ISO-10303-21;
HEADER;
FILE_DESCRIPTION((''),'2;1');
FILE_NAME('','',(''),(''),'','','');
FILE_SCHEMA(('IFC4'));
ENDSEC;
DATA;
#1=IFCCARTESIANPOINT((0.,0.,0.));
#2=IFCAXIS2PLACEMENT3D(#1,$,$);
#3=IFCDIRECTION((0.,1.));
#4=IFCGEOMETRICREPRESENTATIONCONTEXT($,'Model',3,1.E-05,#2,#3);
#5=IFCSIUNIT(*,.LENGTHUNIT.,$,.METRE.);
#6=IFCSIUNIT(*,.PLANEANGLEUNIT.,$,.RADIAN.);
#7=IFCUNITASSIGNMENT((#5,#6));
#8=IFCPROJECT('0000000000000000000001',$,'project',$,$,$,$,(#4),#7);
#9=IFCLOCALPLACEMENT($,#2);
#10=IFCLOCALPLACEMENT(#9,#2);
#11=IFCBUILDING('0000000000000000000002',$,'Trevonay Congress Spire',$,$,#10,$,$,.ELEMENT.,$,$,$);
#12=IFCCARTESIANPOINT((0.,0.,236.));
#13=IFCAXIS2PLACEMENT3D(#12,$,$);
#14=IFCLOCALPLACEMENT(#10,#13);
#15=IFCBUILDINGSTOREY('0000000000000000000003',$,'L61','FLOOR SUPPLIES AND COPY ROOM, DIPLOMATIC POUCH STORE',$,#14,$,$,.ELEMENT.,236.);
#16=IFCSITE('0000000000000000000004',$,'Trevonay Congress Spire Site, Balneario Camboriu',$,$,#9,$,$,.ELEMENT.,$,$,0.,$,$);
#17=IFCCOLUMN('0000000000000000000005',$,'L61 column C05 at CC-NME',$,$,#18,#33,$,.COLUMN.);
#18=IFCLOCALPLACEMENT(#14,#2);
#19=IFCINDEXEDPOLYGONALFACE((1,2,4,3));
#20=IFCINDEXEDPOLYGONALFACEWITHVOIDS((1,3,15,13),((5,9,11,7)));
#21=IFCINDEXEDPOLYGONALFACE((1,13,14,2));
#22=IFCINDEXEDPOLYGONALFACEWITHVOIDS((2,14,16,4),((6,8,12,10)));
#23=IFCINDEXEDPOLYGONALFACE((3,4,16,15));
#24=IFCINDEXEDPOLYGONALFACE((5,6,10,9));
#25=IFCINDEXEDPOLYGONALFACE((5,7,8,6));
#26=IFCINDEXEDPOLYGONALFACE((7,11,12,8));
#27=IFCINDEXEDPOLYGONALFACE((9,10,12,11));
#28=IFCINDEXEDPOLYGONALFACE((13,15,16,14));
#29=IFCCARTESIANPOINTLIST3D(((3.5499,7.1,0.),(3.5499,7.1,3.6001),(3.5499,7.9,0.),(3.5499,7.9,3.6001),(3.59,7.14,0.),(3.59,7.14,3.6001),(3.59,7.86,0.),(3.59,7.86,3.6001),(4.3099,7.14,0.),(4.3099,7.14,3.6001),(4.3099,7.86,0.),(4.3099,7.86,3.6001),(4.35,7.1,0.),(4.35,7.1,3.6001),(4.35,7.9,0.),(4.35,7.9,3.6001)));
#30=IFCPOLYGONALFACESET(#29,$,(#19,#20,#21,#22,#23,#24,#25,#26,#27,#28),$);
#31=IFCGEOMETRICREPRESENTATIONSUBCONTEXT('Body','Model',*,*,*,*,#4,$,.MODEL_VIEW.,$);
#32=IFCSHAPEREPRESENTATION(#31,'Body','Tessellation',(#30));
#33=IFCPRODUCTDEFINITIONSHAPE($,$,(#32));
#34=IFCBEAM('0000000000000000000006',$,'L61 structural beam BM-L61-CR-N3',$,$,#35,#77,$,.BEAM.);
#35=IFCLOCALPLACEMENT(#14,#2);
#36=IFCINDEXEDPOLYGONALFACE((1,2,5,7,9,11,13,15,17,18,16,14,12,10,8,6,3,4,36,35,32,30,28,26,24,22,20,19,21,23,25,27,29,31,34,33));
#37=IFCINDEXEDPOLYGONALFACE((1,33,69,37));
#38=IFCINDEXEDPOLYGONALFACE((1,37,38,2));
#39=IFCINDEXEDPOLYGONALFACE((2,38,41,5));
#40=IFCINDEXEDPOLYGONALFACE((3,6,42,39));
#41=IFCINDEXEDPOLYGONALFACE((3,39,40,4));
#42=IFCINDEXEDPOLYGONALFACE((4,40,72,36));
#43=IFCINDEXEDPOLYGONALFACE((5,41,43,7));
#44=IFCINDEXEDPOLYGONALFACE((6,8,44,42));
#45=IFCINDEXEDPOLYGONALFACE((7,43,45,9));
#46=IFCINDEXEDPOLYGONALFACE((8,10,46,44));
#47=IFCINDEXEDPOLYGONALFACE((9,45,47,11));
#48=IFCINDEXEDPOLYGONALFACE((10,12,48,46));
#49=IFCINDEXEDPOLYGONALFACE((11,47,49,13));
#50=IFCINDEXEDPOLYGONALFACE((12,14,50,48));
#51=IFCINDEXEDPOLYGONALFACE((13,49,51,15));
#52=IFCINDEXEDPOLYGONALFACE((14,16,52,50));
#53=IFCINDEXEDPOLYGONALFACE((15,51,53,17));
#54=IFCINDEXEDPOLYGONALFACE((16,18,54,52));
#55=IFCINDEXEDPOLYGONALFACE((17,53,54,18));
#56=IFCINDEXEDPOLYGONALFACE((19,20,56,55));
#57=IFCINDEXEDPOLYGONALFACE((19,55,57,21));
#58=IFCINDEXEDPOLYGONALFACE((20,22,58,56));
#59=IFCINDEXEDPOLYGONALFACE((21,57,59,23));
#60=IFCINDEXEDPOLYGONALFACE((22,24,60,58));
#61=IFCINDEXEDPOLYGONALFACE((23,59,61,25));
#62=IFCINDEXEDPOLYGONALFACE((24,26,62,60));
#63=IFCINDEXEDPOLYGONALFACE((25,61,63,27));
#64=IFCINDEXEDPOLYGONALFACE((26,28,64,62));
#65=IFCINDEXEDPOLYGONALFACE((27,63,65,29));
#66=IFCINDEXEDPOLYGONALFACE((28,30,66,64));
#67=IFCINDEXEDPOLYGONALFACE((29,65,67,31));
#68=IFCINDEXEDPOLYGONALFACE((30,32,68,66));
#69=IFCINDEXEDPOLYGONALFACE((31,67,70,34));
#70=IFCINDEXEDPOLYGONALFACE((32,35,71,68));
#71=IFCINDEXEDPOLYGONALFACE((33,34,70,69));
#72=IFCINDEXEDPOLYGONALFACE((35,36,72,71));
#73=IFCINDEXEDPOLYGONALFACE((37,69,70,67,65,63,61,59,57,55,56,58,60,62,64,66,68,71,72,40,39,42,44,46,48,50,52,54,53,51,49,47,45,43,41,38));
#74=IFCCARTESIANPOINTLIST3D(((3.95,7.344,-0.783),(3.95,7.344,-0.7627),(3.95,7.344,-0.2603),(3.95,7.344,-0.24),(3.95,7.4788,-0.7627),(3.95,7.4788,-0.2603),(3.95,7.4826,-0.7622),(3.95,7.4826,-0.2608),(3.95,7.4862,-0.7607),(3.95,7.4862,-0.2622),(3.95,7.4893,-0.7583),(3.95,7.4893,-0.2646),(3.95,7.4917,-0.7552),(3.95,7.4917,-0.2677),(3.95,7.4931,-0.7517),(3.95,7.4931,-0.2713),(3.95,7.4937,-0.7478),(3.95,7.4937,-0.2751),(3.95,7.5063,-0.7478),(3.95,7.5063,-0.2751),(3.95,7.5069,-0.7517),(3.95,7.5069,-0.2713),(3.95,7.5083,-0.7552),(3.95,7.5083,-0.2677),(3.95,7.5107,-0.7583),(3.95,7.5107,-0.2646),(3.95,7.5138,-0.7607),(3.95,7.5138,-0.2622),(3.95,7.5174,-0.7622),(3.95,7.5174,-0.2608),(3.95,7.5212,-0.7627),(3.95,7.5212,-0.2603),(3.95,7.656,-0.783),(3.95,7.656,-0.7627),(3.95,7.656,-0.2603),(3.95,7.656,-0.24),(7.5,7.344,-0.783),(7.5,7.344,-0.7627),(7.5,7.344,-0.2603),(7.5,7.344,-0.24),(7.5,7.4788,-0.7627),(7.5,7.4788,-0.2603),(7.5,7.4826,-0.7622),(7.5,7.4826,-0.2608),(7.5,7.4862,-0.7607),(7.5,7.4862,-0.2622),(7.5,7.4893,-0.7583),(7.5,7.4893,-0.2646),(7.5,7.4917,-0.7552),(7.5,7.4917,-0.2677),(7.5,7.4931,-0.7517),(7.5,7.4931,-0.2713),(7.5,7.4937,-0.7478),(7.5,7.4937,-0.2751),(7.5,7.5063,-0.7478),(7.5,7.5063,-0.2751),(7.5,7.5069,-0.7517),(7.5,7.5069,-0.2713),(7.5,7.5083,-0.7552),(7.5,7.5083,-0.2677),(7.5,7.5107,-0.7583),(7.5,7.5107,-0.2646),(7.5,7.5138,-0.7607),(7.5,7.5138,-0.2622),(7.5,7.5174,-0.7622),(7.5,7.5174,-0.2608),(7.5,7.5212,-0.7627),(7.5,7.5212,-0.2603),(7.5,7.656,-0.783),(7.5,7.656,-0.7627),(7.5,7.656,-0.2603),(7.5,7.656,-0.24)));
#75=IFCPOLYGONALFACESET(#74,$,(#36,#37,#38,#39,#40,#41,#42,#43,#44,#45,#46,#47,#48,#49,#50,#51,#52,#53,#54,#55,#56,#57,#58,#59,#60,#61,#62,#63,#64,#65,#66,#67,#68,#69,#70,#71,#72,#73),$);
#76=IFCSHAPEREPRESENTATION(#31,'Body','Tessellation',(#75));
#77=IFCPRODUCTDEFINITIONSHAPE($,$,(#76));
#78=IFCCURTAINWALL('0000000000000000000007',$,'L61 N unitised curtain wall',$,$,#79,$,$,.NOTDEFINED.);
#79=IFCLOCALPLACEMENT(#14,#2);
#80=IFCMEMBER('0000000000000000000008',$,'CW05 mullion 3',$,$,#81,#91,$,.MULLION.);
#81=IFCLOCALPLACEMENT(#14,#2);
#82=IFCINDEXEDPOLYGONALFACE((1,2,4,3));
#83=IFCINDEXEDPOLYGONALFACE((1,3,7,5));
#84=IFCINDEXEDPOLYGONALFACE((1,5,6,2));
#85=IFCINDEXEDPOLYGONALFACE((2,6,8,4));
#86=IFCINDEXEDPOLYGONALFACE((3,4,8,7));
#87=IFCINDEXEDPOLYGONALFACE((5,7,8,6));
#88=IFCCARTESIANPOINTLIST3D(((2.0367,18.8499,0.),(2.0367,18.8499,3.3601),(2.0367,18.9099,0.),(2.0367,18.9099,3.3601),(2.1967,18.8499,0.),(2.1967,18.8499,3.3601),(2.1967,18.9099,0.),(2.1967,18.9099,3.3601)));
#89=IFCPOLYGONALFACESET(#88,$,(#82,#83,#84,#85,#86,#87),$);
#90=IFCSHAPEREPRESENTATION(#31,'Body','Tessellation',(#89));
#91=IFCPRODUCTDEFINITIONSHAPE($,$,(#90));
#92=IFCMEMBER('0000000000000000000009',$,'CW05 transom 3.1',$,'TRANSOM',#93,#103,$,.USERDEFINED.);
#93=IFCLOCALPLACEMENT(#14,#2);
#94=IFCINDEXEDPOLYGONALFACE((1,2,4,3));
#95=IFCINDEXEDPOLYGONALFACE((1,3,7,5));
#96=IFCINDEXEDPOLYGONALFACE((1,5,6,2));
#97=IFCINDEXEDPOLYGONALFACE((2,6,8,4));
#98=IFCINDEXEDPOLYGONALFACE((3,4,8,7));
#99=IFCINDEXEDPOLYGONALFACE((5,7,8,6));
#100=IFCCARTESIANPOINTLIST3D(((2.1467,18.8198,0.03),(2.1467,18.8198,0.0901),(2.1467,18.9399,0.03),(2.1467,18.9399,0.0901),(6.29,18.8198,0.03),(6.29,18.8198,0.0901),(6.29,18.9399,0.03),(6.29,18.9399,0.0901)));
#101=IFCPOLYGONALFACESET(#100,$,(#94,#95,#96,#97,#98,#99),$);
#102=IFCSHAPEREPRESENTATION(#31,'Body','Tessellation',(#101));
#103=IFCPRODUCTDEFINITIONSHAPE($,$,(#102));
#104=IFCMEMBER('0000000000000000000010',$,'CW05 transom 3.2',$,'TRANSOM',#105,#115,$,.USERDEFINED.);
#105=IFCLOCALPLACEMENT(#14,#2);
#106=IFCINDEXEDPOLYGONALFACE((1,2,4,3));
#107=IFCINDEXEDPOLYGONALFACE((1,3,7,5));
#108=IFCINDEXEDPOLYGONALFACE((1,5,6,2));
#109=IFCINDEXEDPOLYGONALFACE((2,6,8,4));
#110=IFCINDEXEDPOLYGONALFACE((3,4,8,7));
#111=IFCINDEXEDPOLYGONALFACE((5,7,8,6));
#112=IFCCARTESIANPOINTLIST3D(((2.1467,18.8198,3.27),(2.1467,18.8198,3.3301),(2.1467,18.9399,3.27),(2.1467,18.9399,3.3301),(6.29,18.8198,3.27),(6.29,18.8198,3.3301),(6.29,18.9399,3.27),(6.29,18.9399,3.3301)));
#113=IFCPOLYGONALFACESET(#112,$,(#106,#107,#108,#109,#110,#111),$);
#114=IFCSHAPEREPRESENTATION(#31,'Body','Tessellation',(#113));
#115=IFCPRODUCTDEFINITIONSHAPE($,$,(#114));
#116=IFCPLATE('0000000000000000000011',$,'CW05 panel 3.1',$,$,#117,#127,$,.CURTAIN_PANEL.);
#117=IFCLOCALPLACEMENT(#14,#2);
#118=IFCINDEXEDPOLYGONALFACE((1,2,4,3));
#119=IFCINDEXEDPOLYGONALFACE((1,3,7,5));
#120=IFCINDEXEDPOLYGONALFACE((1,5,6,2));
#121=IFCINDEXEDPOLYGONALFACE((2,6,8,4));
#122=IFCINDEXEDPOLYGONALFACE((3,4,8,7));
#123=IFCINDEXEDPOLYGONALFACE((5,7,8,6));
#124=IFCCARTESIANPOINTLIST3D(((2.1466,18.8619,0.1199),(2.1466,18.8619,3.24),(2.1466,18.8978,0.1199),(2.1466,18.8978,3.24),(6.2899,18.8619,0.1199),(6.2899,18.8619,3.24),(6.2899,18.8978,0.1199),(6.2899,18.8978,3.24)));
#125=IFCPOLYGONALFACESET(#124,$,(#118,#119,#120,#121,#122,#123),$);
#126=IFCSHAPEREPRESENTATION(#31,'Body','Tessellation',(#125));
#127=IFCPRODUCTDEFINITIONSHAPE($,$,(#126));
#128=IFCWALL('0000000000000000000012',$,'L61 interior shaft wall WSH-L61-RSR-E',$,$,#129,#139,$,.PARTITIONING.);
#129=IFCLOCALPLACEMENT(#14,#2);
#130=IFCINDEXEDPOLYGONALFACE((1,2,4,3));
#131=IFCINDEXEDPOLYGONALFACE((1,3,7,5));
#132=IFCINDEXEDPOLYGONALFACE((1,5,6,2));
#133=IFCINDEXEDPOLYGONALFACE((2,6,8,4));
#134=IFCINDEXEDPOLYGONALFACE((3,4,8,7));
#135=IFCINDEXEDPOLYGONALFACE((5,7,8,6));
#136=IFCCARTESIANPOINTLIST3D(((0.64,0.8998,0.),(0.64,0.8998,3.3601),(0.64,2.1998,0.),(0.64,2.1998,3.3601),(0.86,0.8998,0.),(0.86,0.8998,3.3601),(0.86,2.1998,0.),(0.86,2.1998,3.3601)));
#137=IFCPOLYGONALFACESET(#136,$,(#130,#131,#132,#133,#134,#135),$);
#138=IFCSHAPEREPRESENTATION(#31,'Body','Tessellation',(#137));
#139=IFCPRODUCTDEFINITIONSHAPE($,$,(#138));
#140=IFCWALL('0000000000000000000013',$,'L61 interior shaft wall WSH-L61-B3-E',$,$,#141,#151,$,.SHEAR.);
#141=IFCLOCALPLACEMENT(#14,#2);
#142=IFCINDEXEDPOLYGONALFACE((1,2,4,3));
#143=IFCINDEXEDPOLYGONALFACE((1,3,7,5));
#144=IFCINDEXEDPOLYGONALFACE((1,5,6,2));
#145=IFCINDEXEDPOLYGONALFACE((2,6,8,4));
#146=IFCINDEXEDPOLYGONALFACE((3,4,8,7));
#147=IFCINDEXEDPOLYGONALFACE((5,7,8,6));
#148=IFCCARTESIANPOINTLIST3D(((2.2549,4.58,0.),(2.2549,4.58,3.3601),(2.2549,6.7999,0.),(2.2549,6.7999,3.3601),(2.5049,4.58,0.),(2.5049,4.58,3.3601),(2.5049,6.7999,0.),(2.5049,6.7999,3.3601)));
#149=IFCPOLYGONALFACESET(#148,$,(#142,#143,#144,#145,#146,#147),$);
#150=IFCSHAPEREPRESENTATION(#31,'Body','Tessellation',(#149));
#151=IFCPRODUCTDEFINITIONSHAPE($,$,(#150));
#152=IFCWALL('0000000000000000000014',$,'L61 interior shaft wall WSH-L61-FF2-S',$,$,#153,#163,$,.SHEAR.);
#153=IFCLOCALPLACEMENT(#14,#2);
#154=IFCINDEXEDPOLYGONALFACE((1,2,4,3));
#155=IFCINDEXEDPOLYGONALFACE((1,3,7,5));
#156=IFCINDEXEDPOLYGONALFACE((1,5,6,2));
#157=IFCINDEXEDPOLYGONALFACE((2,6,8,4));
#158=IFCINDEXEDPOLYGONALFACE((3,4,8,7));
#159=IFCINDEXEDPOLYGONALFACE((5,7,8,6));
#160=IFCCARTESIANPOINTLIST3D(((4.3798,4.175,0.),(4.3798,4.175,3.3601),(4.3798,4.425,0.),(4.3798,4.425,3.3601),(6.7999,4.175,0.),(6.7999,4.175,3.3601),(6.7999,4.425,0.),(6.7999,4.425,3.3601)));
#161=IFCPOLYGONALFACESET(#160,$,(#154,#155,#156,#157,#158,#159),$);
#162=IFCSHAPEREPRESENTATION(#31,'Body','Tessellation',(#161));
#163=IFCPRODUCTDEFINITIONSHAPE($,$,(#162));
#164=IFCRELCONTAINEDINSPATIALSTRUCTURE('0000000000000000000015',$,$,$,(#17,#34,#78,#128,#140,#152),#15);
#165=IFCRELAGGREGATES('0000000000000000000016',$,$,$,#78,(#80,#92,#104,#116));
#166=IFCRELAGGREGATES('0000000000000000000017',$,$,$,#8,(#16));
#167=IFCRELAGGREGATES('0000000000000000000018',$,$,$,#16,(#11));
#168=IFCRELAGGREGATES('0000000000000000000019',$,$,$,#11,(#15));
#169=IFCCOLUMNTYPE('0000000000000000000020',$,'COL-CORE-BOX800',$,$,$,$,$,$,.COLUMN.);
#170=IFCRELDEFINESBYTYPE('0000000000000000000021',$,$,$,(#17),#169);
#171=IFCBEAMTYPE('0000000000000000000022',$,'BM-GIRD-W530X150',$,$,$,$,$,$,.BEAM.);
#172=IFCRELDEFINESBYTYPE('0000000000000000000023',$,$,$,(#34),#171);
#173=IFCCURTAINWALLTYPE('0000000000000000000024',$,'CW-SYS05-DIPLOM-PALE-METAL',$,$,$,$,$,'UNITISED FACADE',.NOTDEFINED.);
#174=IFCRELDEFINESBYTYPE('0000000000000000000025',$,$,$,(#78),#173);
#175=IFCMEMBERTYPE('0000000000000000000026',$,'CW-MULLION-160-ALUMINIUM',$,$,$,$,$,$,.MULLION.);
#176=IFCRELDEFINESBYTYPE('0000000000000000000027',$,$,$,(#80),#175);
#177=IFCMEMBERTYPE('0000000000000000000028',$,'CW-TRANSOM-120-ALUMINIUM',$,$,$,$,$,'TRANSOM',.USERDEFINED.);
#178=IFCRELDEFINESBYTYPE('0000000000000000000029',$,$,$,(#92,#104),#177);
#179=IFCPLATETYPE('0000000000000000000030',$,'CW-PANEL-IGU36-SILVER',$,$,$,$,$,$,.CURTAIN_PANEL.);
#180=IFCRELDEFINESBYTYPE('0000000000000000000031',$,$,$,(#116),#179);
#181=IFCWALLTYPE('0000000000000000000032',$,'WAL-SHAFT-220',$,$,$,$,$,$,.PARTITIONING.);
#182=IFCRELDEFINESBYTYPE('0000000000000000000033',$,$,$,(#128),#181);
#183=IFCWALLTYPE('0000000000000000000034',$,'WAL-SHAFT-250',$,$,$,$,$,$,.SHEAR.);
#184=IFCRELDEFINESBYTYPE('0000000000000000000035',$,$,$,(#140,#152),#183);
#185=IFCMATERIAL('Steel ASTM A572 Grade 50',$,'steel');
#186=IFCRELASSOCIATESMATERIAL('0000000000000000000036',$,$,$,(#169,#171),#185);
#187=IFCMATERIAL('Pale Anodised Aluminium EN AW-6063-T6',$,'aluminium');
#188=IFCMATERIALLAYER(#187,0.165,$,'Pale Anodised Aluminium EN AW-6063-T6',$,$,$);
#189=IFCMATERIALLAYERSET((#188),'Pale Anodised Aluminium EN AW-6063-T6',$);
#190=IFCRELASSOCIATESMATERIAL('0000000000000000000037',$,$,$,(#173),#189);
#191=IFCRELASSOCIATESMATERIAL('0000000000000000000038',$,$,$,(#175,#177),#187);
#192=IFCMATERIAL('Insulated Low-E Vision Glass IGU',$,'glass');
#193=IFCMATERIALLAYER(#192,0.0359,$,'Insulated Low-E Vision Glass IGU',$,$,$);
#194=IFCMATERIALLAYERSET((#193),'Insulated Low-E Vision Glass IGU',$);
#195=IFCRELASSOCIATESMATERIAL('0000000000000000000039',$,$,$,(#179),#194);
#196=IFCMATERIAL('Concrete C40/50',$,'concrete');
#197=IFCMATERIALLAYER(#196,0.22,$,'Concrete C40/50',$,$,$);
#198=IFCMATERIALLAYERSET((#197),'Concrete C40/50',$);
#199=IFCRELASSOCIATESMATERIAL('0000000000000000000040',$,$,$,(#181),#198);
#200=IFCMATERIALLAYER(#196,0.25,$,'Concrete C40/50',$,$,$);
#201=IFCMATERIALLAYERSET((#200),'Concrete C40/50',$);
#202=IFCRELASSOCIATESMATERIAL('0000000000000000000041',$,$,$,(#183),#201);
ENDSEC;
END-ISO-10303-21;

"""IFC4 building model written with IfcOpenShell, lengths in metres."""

from ifc_helpers import new_model, si_unit, direction, frame, frame_2d, origin, origin_2d, place, context, subcontext, project, spatial, rectangle, hollow_rectangle, i_section, extrude, material, layer, layer_set, material_profile, profile_set, type_object, element, aggregate, save


model = new_model("IFC4")

# Units and contexts
model_context = context("Model", 3, precision=1e-05, world=origin(), true_north=direction((0.0, 1.0)))
body_context = subcontext(model_context, "Body", "Model", "MODEL_VIEW")
ifc_project = project(units=[si_unit("LENGTHUNIT", "METRE"), si_unit("PLANEANGLEUNIT", "RADIAN")], contexts=[model_context])

# Site, building, storey
site_placement = place(None, origin())
site = spatial("IfcSite", under=ifc_project, at=site_placement, Name="Trevonay Congress Spire Site, Balneario Camboriu", CompositionType="ELEMENT", RefElevation=0.0)
building_placement = place(site_placement, origin())
building = spatial("IfcBuilding", under=site, at=building_placement, Name="Trevonay Congress Spire", CompositionType="ELEMENT")
storey_placement = place(building_placement, frame((0.0, 0.0, 236.0)))
storey = spatial("IfcBuildingStorey", under=building, at=storey_placement, Name="L61", Description="FLOOR SUPPLIES AND COPY ROOM, DIPLOMATIC POUCH STORE", CompositionType="ELEMENT", Elevation=236.0)

# Column
ifc_material_1 = material(Name="Steel ASTM A572 Grade 50", Category="steel")
ifc_material_profile_1 = material_profile(ifc_material_1, hollow_rectangle(XDim=0.8, YDim=0.8, WallThickness=0.04, at=origin_2d()), Name="BOX 800x800x40")
ifc_profile_set_1 = profile_set([ifc_material_profile_1], Name="Steel ASTM A572 Grade 50")
column_type = type_object("IfcColumnType", Name="COL-CORE-BOX800", PredefinedType="COLUMN", material=ifc_profile_set_1)
column_placement = place(storey_placement, frame((3.95, 7.5, 0.0), z_axis=(0.0, 0.0, 1.0), x_axis=(1.0, 0.0, 0.0)))
element("IfcColumn", 1, at=column_placement, inside=storey, type_object=column_type, Name="L61 column C05 at CC-NME", PredefinedType="COLUMN", context=body_context, shape_type="SweptSolid", body=[
    extrude(hollow_rectangle(XDim=0.8, YDim=0.8, WallThickness=0.04, at=origin_2d()), origin(), (0.0, 0.0, 1.0), 3.6001),
])

# Beam
ifc_material_profile_2 = material_profile(ifc_material_1, i_section(OverallWidth=0.312, OverallDepth=0.543, WebThickness=0.0127, FlangeThickness=0.0203, FilletRadius=0.0149, at=origin_2d()), Name="W530x150")
ifc_profile_set_2 = profile_set([ifc_material_profile_2], Name="Steel ASTM A572 Grade 50")
beam_type = type_object("IfcBeamType", Name="BM-GIRD-W530X150", PredefinedType="BEAM", material=ifc_profile_set_2)
beam_placement = place(storey_placement, frame((3.95, 7.5, -0.5115), z_axis=(1.0, 0.0, 0.0), x_axis=(0.0, 1.0, 0.0)))
element("IfcBeam", 2, at=beam_placement, inside=storey, type_object=beam_type, Name="L61 structural beam BM-L61-CR-N3", PredefinedType="BEAM", context=body_context, shape_type="SweptSolid", body=[
    extrude(i_section(OverallWidth=0.312, OverallDepth=0.543, WebThickness=0.0127, FlangeThickness=0.0203, FilletRadius=0.0149, at=origin_2d()), origin(), (0.0, 0.0, 1.0), 3.55),
])

# Curtain wall, members, plate
ifc_material_2 = material(Name="Pale Anodised Aluminium EN AW-6063-T6", Category="aluminium")
ifc_layer_1 = layer(ifc_material_2, 0.165, Name="Pale Anodised Aluminium EN AW-6063-T6")
ifc_layer_set_1 = layer_set([ifc_layer_1], Name="Pale Anodised Aluminium EN AW-6063-T6")
curtain_wall_type = type_object("IfcCurtainWallType", Name="CW-SYS05-DIPLOM-PALE-METAL", ElementType="UNITISED FACADE", PredefinedType="NOTDEFINED", material=ifc_layer_set_1)
curtain_wall_placement = place(storey_placement, origin())
curtain_wall = element("IfcCurtainWall", 3, at=curtain_wall_placement, inside=storey, type_object=curtain_wall_type, Name="L61 N unitised curtain wall", PredefinedType="NOTDEFINED")
ifc_material_profile_3 = material_profile(ifc_material_2, rectangle(XDim=0.0601, YDim=0.1599, at=origin_2d()), Name="CW-MULLION-160-ALUMINIUM")
ifc_profile_set_3 = profile_set([ifc_material_profile_3], Name="Pale Anodised Aluminium EN AW-6063-T6")
member_type_1 = type_object("IfcMemberType", Name="CW-MULLION-160-ALUMINIUM", PredefinedType="MULLION", material=ifc_profile_set_3)
member_1_placement = place(storey_placement, frame((2.1167, 18.8799, 0.0), z_axis=(0.0, 0.0, 1.0), x_axis=(0.0, 1.0, 0.0)))
member_1 = element("IfcMember", 4, at=member_1_placement, type_object=member_type_1, Name="CW05 mullion 3", PredefinedType="MULLION", context=body_context, shape_type="SweptSolid", body=[
    extrude(rectangle(XDim=0.0601, YDim=0.1599, at=origin_2d()), origin(), (0.0, 0.0, 1.0), 3.3601),
])
ifc_material_profile_4 = material_profile(ifc_material_2, rectangle(XDim=0.1201, YDim=0.0601, at=origin_2d()), Name="CW-TRANSOM-120-ALUMINIUM")
ifc_profile_set_4 = profile_set([ifc_material_profile_4], Name="Pale Anodised Aluminium EN AW-6063-T6")
member_type_2 = type_object("IfcMemberType", Name="CW-TRANSOM-120-ALUMINIUM", ElementType="TRANSOM", PredefinedType="USERDEFINED", material=ifc_profile_set_4)
member_2_placement = place(storey_placement, frame((2.1467, 18.8799, 0.0601), z_axis=(1.0, 0.0, 0.0), x_axis=(0.0, 1.0, 0.0)))
member_2 = element("IfcMember", 5, at=member_2_placement, type_object=member_type_2, Name="CW05 transom 3.1", ObjectType="TRANSOM", PredefinedType="USERDEFINED", context=body_context, shape_type="SweptSolid", body=[
    extrude(rectangle(XDim=0.1201, YDim=0.0601, at=origin_2d()), origin(), (0.0, 0.0, 1.0), 4.1433),
])
member_3_placement = place(storey_placement, frame((2.1467, 18.8799, 3.3), z_axis=(1.0, 0.0, 0.0), x_axis=(0.0, 1.0, 0.0)))
member_3 = element("IfcMember", 6, at=member_3_placement, type_object=member_type_2, Name="CW05 transom 3.2", ObjectType="TRANSOM", PredefinedType="USERDEFINED", context=body_context, shape_type="SweptSolid", body=[
    extrude(rectangle(XDim=0.1201, YDim=0.0601, at=origin_2d()), origin(), (0.0, 0.0, 1.0), 4.1433),
])
ifc_material_3 = material(Name="Insulated Low-E Vision Glass IGU", Category="glass")
ifc_layer_2 = layer(ifc_material_3, 0.0359, Name="Insulated Low-E Vision Glass IGU")
ifc_layer_set_2 = layer_set([ifc_layer_2], Name="Insulated Low-E Vision Glass IGU")
plate_type = type_object("IfcPlateType", Name="CW-PANEL-IGU36-SILVER", PredefinedType="CURTAIN_PANEL", material=ifc_layer_set_2)
plate_placement = place(storey_placement, frame((4.2183, 18.8799, 0.1199), z_axis=(0.0, 0.0, 1.0), x_axis=(1.0, 0.0, 0.0)))
plate = element("IfcPlate", 7, at=plate_placement, type_object=plate_type, Name="CW05 panel 3.1", PredefinedType="CURTAIN_PANEL", context=body_context, shape_type="SweptSolid", body=[
    extrude(rectangle(XDim=4.1433, YDim=0.0359, at=origin_2d()), origin(), (0.0, 0.0, 1.0), 3.1201),
])
aggregate(curtain_wall, [member_1, member_2, member_3, plate])

# Walls
ifc_material_4 = material(Name="Concrete C40/50", Category="concrete")
ifc_layer_3 = layer(ifc_material_4, 0.22, Name="Concrete C40/50")
ifc_layer_set_3 = layer_set([ifc_layer_3], Name="Concrete C40/50")
wall_type_1 = type_object("IfcWallType", Name="WAL-SHAFT-220", PredefinedType="PARTITIONING", material=ifc_layer_set_3)
wall_1_placement = place(storey_placement, frame((0.75, 0.8999, 0.0), z_axis=(0.0, 0.0, 1.0), x_axis=(0.0, 1.0, 0.0)))
element("IfcWall", 8, at=wall_1_placement, inside=storey, type_object=wall_type_1, Name="L61 interior shaft wall WSH-L61-RSR-E", PredefinedType="PARTITIONING", context=body_context, shape_type="SweptSolid", body=[
    extrude(rectangle(XDim=1.3, YDim=0.22, at=frame_2d((0.6499, 0.0))), origin(), (0.0, 0.0, 1.0), 3.3601),
])
ifc_layer_4 = layer(ifc_material_4, 0.25, Name="Concrete C40/50")
ifc_layer_set_4 = layer_set([ifc_layer_4], Name="Concrete C40/50")
wall_type_2 = type_object("IfcWallType", Name="WAL-SHAFT-250", PredefinedType="SHEAR", material=ifc_layer_set_4)
wall_2_placement = place(storey_placement, frame((2.3799, 4.5801, 0.0), z_axis=(0.0, 0.0, 1.0), x_axis=(0.0, 1.0, 0.0)))
element("IfcWall", 9, at=wall_2_placement, inside=storey, type_object=wall_type_2, Name="L61 interior shaft wall WSH-L61-B3-E", PredefinedType="SHEAR", context=body_context, shape_type="SweptSolid", body=[
    extrude(rectangle(XDim=2.22, YDim=0.25, at=frame_2d((1.1099, 0.0))), origin(), (0.0, 0.0, 1.0), 3.3601),
])
wall_3_placement = place(storey_placement, frame((4.3799, 4.3, 0.0), z_axis=(0.0, 0.0, 1.0), x_axis=(1.0, 0.0, 0.0)))
element("IfcWall", 10, at=wall_3_placement, inside=storey, type_object=wall_type_2, Name="L61 interior shaft wall WSH-L61-FF2-S", PredefinedType="SHEAR", context=body_context, shape_type="SweptSolid", body=[
    extrude(rectangle(XDim=2.4202, YDim=0.25, at=frame_2d((1.21, 0.0))), origin(), (0.0, 0.0, 1.0), 3.3601),
])

save(model, "model.ifc")
